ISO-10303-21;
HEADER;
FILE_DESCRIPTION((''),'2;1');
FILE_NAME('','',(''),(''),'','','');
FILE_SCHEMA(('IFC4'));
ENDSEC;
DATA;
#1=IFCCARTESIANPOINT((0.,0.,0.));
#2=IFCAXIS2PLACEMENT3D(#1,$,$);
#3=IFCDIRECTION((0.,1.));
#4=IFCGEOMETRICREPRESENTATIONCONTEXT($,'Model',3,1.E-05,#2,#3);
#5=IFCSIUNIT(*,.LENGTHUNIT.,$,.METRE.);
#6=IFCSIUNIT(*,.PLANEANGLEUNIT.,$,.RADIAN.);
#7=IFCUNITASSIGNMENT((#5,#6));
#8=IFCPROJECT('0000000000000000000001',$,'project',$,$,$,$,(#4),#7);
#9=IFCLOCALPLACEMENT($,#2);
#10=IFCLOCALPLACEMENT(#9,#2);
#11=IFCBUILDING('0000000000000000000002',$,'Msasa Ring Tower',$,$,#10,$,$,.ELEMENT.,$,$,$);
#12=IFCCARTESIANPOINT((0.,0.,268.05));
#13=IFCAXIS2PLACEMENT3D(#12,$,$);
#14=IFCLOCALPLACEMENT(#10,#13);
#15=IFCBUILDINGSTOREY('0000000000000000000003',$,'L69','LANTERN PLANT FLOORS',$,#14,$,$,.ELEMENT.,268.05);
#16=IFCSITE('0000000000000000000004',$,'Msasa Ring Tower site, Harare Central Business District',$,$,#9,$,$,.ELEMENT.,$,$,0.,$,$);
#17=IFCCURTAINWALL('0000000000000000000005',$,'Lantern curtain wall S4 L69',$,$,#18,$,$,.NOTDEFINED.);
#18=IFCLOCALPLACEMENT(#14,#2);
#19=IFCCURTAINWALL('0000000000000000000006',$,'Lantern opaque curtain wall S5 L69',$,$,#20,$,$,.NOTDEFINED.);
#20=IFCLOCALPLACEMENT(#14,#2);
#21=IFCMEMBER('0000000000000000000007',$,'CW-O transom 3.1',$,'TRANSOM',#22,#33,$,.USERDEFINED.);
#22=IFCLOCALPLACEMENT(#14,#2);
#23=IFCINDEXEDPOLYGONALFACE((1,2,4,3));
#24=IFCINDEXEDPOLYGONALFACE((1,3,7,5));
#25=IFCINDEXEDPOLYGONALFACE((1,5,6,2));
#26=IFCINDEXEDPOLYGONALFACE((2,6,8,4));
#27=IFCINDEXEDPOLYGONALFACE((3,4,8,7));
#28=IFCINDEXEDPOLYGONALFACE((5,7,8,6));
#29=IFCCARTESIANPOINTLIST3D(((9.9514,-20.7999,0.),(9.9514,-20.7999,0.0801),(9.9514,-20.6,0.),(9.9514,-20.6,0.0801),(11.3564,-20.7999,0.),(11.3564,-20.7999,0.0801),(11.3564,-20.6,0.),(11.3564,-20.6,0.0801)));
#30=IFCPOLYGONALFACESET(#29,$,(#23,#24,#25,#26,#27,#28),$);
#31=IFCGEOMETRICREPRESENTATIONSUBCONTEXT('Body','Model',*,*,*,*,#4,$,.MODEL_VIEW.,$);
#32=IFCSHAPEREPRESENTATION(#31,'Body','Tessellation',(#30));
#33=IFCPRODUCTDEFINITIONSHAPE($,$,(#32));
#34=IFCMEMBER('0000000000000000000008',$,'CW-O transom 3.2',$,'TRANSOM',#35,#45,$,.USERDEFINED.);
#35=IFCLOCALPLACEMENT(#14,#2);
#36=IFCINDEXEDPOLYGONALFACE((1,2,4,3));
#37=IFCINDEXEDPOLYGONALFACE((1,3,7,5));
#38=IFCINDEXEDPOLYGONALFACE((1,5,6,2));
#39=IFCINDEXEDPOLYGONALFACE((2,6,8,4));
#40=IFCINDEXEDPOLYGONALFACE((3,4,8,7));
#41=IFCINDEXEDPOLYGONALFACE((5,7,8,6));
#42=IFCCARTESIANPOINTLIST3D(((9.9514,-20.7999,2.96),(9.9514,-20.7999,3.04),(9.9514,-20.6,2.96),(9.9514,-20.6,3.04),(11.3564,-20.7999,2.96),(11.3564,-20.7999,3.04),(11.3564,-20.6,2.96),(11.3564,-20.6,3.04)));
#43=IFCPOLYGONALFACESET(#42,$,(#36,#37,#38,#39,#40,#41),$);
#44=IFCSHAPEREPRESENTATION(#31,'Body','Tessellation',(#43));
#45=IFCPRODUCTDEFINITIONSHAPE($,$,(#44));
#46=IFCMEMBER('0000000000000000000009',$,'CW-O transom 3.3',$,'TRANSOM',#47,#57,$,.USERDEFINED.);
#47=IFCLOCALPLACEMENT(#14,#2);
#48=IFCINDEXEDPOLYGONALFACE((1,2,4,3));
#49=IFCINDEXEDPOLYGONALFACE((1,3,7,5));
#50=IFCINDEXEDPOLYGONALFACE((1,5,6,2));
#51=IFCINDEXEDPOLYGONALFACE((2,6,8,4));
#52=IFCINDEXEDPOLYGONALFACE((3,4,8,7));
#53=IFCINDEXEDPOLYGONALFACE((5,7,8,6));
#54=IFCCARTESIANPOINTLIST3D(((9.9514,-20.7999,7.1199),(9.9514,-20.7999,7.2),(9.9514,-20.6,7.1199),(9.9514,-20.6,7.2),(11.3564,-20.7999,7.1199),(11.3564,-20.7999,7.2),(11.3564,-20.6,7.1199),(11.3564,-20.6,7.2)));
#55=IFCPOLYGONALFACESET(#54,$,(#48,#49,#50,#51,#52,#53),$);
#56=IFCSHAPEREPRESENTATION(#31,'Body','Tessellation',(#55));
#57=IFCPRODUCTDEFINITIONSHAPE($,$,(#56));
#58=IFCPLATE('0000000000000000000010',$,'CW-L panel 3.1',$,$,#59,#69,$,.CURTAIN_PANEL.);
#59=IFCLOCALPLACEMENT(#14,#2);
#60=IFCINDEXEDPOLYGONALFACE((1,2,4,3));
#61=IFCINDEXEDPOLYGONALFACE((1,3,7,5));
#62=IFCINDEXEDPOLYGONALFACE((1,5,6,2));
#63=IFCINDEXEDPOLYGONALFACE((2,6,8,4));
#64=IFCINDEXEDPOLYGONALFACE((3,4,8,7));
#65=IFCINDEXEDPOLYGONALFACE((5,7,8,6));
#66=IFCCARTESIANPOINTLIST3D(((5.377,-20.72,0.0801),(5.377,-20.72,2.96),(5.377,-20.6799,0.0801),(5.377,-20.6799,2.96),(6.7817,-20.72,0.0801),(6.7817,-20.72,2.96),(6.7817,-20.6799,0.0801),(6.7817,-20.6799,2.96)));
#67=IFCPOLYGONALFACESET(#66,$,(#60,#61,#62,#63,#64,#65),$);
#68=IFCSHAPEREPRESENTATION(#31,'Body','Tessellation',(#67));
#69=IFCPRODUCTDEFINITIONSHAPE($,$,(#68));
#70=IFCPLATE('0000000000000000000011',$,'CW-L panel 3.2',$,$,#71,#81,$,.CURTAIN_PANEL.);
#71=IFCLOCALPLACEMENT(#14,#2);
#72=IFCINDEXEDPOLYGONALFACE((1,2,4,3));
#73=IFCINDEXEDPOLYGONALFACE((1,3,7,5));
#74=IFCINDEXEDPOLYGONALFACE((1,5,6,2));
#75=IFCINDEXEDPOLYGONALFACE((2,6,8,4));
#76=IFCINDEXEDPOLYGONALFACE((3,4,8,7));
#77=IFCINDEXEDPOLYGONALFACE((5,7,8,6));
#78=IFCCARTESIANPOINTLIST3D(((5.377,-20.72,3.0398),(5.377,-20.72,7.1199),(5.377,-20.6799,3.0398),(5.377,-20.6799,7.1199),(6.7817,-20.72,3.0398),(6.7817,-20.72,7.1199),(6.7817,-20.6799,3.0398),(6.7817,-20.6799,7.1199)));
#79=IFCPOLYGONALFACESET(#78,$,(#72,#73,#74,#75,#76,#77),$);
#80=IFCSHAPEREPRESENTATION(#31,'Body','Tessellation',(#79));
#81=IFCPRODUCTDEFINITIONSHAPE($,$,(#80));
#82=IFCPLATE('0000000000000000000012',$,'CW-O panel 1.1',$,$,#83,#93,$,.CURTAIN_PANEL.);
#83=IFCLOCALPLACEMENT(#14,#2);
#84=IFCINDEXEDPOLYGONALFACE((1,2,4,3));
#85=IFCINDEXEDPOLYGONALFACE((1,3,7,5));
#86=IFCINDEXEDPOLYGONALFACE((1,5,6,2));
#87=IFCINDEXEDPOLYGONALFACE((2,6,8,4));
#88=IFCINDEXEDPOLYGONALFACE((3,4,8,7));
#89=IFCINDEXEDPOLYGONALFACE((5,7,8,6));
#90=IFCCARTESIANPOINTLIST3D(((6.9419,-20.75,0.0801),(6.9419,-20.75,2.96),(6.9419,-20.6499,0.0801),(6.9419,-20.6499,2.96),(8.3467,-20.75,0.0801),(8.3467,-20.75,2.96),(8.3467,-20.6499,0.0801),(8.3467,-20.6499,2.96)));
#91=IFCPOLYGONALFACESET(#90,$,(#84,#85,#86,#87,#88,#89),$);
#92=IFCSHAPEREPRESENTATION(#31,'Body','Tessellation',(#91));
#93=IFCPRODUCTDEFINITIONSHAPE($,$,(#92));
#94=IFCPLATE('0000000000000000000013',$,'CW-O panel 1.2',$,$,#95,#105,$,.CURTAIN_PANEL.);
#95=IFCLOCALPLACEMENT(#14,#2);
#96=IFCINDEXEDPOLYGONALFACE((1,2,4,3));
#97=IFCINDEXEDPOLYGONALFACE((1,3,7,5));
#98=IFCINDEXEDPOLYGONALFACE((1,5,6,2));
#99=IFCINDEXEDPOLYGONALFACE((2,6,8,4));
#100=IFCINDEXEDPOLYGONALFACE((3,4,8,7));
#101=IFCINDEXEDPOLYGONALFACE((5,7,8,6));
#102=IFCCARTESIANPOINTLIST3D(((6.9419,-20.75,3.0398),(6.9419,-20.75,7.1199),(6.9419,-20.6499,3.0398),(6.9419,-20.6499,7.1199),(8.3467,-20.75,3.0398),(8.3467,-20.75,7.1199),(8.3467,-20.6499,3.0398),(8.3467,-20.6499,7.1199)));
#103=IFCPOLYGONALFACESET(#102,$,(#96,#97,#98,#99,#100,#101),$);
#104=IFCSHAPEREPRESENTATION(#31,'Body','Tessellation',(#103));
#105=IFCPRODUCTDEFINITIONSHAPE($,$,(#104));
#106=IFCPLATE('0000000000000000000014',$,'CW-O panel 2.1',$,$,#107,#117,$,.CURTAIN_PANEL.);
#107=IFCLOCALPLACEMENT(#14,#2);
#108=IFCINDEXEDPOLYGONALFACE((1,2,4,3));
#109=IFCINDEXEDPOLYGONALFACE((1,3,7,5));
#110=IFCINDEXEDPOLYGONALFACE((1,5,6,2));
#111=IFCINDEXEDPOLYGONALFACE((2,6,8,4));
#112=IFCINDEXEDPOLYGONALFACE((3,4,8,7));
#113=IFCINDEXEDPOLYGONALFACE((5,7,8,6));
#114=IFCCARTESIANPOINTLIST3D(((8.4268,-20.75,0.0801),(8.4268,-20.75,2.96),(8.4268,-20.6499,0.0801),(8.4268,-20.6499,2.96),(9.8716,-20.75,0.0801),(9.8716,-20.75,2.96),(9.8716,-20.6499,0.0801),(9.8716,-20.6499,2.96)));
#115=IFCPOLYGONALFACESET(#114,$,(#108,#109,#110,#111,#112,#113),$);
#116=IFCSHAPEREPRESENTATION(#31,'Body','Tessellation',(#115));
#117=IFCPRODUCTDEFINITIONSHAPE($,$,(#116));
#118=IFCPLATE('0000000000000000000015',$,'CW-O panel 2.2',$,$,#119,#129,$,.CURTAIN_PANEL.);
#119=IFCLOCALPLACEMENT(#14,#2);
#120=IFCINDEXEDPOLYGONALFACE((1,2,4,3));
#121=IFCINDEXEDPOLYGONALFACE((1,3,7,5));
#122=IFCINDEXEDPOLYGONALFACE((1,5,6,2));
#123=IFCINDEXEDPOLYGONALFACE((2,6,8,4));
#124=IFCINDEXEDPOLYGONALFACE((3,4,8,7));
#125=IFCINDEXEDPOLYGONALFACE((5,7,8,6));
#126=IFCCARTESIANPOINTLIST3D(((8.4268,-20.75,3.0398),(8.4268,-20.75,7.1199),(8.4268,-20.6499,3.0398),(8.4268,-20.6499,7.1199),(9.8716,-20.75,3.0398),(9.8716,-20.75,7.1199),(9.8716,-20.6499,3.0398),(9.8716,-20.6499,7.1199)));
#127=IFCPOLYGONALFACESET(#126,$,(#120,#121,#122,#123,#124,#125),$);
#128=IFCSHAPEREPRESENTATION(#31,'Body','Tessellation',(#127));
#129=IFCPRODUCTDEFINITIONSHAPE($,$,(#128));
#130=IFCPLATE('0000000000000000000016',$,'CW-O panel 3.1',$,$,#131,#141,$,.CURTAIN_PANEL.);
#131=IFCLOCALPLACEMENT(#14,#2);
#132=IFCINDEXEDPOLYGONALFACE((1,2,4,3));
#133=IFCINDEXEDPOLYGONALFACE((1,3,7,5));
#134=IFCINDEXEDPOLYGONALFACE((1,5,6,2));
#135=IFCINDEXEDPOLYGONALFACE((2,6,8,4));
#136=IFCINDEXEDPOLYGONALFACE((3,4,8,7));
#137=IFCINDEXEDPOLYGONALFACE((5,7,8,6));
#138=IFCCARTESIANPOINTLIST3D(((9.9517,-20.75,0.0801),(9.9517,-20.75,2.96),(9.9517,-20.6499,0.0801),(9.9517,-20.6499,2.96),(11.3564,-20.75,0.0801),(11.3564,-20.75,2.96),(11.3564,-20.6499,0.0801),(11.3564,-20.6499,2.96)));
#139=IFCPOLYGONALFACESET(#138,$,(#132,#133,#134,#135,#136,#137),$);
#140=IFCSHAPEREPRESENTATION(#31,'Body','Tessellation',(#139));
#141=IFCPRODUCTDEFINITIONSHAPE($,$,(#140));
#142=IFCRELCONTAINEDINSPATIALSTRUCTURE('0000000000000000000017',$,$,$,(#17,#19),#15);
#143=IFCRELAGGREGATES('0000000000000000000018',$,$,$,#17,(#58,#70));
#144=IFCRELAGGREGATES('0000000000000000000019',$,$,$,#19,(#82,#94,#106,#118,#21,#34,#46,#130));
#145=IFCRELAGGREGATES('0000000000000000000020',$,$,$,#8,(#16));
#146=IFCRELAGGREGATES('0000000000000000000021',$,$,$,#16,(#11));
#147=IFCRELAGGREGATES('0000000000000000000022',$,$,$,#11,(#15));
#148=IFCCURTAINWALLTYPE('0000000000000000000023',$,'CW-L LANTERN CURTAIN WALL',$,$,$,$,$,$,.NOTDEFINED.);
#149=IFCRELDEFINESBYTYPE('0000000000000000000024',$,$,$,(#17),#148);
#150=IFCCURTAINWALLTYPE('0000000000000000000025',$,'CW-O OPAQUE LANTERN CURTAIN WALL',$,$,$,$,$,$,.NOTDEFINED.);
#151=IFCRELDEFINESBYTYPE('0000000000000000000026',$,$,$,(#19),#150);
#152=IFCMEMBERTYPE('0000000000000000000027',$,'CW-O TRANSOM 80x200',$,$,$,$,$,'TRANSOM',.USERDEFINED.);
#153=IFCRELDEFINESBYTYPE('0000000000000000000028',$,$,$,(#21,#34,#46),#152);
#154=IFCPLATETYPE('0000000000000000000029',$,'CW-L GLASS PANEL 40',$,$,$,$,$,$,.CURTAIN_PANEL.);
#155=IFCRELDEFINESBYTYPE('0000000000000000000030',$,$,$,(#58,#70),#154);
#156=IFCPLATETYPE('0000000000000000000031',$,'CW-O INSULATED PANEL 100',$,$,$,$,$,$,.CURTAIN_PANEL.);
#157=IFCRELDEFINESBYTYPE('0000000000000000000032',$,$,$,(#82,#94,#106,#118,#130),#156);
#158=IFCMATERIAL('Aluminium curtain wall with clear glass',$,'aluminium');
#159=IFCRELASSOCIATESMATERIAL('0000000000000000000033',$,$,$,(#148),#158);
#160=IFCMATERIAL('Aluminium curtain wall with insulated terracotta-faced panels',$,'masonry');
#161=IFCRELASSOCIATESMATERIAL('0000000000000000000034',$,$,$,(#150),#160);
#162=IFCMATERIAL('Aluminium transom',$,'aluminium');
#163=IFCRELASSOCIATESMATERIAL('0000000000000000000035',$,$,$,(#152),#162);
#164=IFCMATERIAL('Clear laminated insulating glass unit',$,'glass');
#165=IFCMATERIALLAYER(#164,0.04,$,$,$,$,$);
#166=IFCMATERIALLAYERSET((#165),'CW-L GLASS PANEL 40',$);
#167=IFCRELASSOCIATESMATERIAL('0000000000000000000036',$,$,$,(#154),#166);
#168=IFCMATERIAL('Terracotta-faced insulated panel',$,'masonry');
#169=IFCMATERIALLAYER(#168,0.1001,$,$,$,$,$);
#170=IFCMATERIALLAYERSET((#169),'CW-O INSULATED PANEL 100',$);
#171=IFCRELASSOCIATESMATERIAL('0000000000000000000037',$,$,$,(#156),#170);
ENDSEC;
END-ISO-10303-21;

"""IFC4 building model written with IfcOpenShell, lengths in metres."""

from ifc_helpers import new_model, si_unit, direction, frame, origin, origin_2d, place, context, subcontext, project, spatial, rectangle, extrude, material, layer, layer_set, material_profile, profile_set, type_object, element, aggregate, save


model = new_model("IFC4")

# Units and contexts
model_context = context("Model", 3, precision=1e-05, world=origin(), true_north=direction((0.0, 1.0)))
body_context = subcontext(model_context, "Body", "Model", "MODEL_VIEW")
ifc_project = project(units=[si_unit("LENGTHUNIT", "METRE"), si_unit("PLANEANGLEUNIT", "RADIAN")], contexts=[model_context])

# Site, building, storey
site_placement = place(None, origin())
site = spatial("IfcSite", under=ifc_project, at=site_placement, Name="Msasa Ring Tower site, Harare Central Business District", CompositionType="ELEMENT", RefElevation=0.0)
building_placement = place(site_placement, origin())
building = spatial("IfcBuilding", under=site, at=building_placement, Name="Msasa Ring Tower", CompositionType="ELEMENT")
storey_placement = place(building_placement, frame((0.0, 0.0, 268.05)))
storey = spatial("IfcBuildingStorey", under=building, at=storey_placement, Name="L69", Description="LANTERN PLANT FLOORS", CompositionType="ELEMENT", Elevation=268.05)

# Curtain walls, members
ifc_material_1 = material(Name="Aluminium curtain wall with clear glass", Category="aluminium")
curtain_wall_type_1 = type_object("IfcCurtainWallType", Name="CW-L LANTERN CURTAIN WALL", PredefinedType="NOTDEFINED", material=ifc_material_1)
curtain_wall_1_placement = place(storey_placement, origin())
curtain_wall_1 = element("IfcCurtainWall", 1, at=curtain_wall_1_placement, inside=storey, type_object=curtain_wall_type_1, Name="Lantern curtain wall S4 L69", PredefinedType="NOTDEFINED")
ifc_material_2 = material(Name="Aluminium curtain wall with insulated terracotta-faced panels", Category="masonry")
curtain_wall_type_2 = type_object("IfcCurtainWallType", Name="CW-O OPAQUE LANTERN CURTAIN WALL", PredefinedType="NOTDEFINED", material=ifc_material_2)
curtain_wall_2_placement = place(storey_placement, origin())
curtain_wall_2 = element("IfcCurtainWall", 2, at=curtain_wall_2_placement, inside=storey, type_object=curtain_wall_type_2, Name="Lantern opaque curtain wall S5 L69", PredefinedType="NOTDEFINED")
ifc_material_3 = material(Name="Aluminium transom", Category="aluminium")
ifc_material_profile_1 = material_profile(ifc_material_3, rectangle(XDim=0.2, YDim=0.0801, at=origin_2d()), Name="AL 80x200")
ifc_profile_set_1 = profile_set([ifc_material_profile_1], Name="Aluminium transom")
member_type_1 = type_object("IfcMemberType", Name="CW-O TRANSOM 80x200", ElementType="TRANSOM", PredefinedType="USERDEFINED", material=ifc_profile_set_1)
member_1_placement = place(storey_placement, frame((9.9514, -20.7, 0.04), z_axis=(1.0, 0.0, 0.0), x_axis=(0.0, 1.0, 0.0)))
member_1 = element("IfcMember", 3, at=member_1_placement, type_object=member_type_1, Name="CW-O transom 3.1", ObjectType="TRANSOM", PredefinedType="USERDEFINED", context=body_context, shape_type="SweptSolid", body=[
    extrude(rectangle(XDim=0.2, YDim=0.0801, at=origin_2d()), origin(), (0.0, 0.0, 1.0), 1.405),
])
member_2_placement = place(storey_placement, frame((9.9514, -20.7, 3.0), z_axis=(1.0, 0.0, 0.0), x_axis=(0.0, 1.0, 0.0)))
member_2 = element("IfcMember", 4, at=member_2_placement, type_object=member_type_1, Name="CW-O transom 3.2", ObjectType="TRANSOM", PredefinedType="USERDEFINED", context=body_context, shape_type="SweptSolid", body=[
    extrude(rectangle(XDim=0.2, YDim=0.0801, at=origin_2d()), origin(), (0.0, 0.0, 1.0), 1.405),
])
member_3_placement = place(storey_placement, frame((9.9514, -20.7, 7.1599), z_axis=(1.0, 0.0, 0.0), x_axis=(0.0, 1.0, 0.0)))
member_3 = element("IfcMember", 5, at=member_3_placement, type_object=member_type_1, Name="CW-O transom 3.3", ObjectType="TRANSOM", PredefinedType="USERDEFINED", context=body_context, shape_type="SweptSolid", body=[
    extrude(rectangle(XDim=0.2, YDim=0.0801, at=origin_2d()), origin(), (0.0, 0.0, 1.0), 1.405),
])

# Plates
ifc_material_4 = material(Name="Clear laminated insulating glass unit", Category="glass")
ifc_layer_1 = layer(ifc_material_4, 0.04)
ifc_layer_set_1 = layer_set([ifc_layer_1], Name="CW-L GLASS PANEL 40")
plate_type_1 = type_object("IfcPlateType", Name="CW-L GLASS PANEL 40", PredefinedType="CURTAIN_PANEL", material=ifc_layer_set_1)
plate_1_placement = place(storey_placement, frame((6.0793, -20.7, 0.0801), z_axis=(0.0, 0.0, 1.0), x_axis=(1.0, 0.0, 0.0)))
plate_1 = element("IfcPlate", 6, at=plate_1_placement, type_object=plate_type_1, Name="CW-L panel 3.1", PredefinedType="CURTAIN_PANEL", context=body_context, shape_type="SweptSolid", body=[
    extrude(rectangle(XDim=1.4048, YDim=0.04, at=origin_2d()), origin(), (0.0, 0.0, 1.0), 2.8799),
])
plate_2_placement = place(storey_placement, frame((6.0793, -20.7, 3.0398), z_axis=(0.0, 0.0, 1.0), x_axis=(1.0, 0.0, 0.0)))
plate_2 = element("IfcPlate", 7, at=plate_2_placement, type_object=plate_type_1, Name="CW-L panel 3.2", PredefinedType="CURTAIN_PANEL", context=body_context, shape_type="SweptSolid", body=[
    extrude(rectangle(XDim=1.4048, YDim=0.04, at=origin_2d()), origin(), (0.0, 0.0, 1.0), 4.0801),
])
aggregate(curtain_wall_1, [plate_1, plate_2])
ifc_material_5 = material(Name="Terracotta-faced insulated panel", Category="masonry")
ifc_layer_2 = layer(ifc_material_5, 0.1001)
ifc_layer_set_2 = layer_set([ifc_layer_2], Name="CW-O INSULATED PANEL 100")
plate_type_2 = type_object("IfcPlateType", Name="CW-O INSULATED PANEL 100", PredefinedType="CURTAIN_PANEL", material=ifc_layer_set_2)
plate_3_placement = place(storey_placement, frame((7.6443, -20.7, 0.0801), z_axis=(0.0, 0.0, 1.0), x_axis=(1.0, 0.0, 0.0)))
plate_3 = element("IfcPlate", 8, at=plate_3_placement, type_object=plate_type_2, Name="CW-O panel 1.1", PredefinedType="CURTAIN_PANEL", context=body_context, shape_type="SweptSolid", body=[
    extrude(rectangle(XDim=1.4048, YDim=0.1001, at=origin_2d()), origin(), (0.0, 0.0, 1.0), 2.8799),
])
plate_4_placement = place(storey_placement, frame((7.6443, -20.7, 3.0398), z_axis=(0.0, 0.0, 1.0), x_axis=(1.0, 0.0, 0.0)))
plate_4 = element("IfcPlate", 9, at=plate_4_placement, type_object=plate_type_2, Name="CW-O panel 1.2", PredefinedType="CURTAIN_PANEL", context=body_context, shape_type="SweptSolid", body=[
    extrude(rectangle(XDim=1.4048, YDim=0.1001, at=origin_2d()), origin(), (0.0, 0.0, 1.0), 4.0801),
])
plate_5_placement = place(storey_placement, frame((9.1492, -20.7, 0.0801), z_axis=(0.0, 0.0, 1.0), x_axis=(1.0, 0.0, 0.0)))
plate_5 = element("IfcPlate", 10, at=plate_5_placement, type_object=plate_type_2, Name="CW-O panel 2.1", PredefinedType="CURTAIN_PANEL", context=body_context, shape_type="SweptSolid", body=[
    extrude(rectangle(XDim=1.4448, YDim=0.1001, at=origin_2d()), origin(), (0.0, 0.0, 1.0), 2.8799),
])
plate_6_placement = place(storey_placement, frame((9.1492, -20.7, 3.0398), z_axis=(0.0, 0.0, 1.0), x_axis=(1.0, 0.0, 0.0)))
plate_6 = element("IfcPlate", 11, at=plate_6_placement, type_object=plate_type_2, Name="CW-O panel 2.2", PredefinedType="CURTAIN_PANEL", context=body_context, shape_type="SweptSolid", body=[
    extrude(rectangle(XDim=1.4448, YDim=0.1001, at=origin_2d()), origin(), (0.0, 0.0, 1.0), 4.0801),
])
plate_7_placement = place(storey_placement, frame((10.6541, -20.7, 0.0801), z_axis=(0.0, 0.0, 1.0), x_axis=(1.0, 0.0, 0.0)))
plate_7 = element("IfcPlate", 12, at=plate_7_placement, type_object=plate_type_2, Name="CW-O panel 3.1", PredefinedType="CURTAIN_PANEL", context=body_context, shape_type="SweptSolid", body=[
    extrude(rectangle(XDim=1.4048, YDim=0.1001, at=origin_2d()), origin(), (0.0, 0.0, 1.0), 2.8799),
])
aggregate(curtain_wall_2, [plate_3, plate_4, plate_5, plate_6, member_1, member_2, member_3, plate_7])

save(model, "model.ifc")
